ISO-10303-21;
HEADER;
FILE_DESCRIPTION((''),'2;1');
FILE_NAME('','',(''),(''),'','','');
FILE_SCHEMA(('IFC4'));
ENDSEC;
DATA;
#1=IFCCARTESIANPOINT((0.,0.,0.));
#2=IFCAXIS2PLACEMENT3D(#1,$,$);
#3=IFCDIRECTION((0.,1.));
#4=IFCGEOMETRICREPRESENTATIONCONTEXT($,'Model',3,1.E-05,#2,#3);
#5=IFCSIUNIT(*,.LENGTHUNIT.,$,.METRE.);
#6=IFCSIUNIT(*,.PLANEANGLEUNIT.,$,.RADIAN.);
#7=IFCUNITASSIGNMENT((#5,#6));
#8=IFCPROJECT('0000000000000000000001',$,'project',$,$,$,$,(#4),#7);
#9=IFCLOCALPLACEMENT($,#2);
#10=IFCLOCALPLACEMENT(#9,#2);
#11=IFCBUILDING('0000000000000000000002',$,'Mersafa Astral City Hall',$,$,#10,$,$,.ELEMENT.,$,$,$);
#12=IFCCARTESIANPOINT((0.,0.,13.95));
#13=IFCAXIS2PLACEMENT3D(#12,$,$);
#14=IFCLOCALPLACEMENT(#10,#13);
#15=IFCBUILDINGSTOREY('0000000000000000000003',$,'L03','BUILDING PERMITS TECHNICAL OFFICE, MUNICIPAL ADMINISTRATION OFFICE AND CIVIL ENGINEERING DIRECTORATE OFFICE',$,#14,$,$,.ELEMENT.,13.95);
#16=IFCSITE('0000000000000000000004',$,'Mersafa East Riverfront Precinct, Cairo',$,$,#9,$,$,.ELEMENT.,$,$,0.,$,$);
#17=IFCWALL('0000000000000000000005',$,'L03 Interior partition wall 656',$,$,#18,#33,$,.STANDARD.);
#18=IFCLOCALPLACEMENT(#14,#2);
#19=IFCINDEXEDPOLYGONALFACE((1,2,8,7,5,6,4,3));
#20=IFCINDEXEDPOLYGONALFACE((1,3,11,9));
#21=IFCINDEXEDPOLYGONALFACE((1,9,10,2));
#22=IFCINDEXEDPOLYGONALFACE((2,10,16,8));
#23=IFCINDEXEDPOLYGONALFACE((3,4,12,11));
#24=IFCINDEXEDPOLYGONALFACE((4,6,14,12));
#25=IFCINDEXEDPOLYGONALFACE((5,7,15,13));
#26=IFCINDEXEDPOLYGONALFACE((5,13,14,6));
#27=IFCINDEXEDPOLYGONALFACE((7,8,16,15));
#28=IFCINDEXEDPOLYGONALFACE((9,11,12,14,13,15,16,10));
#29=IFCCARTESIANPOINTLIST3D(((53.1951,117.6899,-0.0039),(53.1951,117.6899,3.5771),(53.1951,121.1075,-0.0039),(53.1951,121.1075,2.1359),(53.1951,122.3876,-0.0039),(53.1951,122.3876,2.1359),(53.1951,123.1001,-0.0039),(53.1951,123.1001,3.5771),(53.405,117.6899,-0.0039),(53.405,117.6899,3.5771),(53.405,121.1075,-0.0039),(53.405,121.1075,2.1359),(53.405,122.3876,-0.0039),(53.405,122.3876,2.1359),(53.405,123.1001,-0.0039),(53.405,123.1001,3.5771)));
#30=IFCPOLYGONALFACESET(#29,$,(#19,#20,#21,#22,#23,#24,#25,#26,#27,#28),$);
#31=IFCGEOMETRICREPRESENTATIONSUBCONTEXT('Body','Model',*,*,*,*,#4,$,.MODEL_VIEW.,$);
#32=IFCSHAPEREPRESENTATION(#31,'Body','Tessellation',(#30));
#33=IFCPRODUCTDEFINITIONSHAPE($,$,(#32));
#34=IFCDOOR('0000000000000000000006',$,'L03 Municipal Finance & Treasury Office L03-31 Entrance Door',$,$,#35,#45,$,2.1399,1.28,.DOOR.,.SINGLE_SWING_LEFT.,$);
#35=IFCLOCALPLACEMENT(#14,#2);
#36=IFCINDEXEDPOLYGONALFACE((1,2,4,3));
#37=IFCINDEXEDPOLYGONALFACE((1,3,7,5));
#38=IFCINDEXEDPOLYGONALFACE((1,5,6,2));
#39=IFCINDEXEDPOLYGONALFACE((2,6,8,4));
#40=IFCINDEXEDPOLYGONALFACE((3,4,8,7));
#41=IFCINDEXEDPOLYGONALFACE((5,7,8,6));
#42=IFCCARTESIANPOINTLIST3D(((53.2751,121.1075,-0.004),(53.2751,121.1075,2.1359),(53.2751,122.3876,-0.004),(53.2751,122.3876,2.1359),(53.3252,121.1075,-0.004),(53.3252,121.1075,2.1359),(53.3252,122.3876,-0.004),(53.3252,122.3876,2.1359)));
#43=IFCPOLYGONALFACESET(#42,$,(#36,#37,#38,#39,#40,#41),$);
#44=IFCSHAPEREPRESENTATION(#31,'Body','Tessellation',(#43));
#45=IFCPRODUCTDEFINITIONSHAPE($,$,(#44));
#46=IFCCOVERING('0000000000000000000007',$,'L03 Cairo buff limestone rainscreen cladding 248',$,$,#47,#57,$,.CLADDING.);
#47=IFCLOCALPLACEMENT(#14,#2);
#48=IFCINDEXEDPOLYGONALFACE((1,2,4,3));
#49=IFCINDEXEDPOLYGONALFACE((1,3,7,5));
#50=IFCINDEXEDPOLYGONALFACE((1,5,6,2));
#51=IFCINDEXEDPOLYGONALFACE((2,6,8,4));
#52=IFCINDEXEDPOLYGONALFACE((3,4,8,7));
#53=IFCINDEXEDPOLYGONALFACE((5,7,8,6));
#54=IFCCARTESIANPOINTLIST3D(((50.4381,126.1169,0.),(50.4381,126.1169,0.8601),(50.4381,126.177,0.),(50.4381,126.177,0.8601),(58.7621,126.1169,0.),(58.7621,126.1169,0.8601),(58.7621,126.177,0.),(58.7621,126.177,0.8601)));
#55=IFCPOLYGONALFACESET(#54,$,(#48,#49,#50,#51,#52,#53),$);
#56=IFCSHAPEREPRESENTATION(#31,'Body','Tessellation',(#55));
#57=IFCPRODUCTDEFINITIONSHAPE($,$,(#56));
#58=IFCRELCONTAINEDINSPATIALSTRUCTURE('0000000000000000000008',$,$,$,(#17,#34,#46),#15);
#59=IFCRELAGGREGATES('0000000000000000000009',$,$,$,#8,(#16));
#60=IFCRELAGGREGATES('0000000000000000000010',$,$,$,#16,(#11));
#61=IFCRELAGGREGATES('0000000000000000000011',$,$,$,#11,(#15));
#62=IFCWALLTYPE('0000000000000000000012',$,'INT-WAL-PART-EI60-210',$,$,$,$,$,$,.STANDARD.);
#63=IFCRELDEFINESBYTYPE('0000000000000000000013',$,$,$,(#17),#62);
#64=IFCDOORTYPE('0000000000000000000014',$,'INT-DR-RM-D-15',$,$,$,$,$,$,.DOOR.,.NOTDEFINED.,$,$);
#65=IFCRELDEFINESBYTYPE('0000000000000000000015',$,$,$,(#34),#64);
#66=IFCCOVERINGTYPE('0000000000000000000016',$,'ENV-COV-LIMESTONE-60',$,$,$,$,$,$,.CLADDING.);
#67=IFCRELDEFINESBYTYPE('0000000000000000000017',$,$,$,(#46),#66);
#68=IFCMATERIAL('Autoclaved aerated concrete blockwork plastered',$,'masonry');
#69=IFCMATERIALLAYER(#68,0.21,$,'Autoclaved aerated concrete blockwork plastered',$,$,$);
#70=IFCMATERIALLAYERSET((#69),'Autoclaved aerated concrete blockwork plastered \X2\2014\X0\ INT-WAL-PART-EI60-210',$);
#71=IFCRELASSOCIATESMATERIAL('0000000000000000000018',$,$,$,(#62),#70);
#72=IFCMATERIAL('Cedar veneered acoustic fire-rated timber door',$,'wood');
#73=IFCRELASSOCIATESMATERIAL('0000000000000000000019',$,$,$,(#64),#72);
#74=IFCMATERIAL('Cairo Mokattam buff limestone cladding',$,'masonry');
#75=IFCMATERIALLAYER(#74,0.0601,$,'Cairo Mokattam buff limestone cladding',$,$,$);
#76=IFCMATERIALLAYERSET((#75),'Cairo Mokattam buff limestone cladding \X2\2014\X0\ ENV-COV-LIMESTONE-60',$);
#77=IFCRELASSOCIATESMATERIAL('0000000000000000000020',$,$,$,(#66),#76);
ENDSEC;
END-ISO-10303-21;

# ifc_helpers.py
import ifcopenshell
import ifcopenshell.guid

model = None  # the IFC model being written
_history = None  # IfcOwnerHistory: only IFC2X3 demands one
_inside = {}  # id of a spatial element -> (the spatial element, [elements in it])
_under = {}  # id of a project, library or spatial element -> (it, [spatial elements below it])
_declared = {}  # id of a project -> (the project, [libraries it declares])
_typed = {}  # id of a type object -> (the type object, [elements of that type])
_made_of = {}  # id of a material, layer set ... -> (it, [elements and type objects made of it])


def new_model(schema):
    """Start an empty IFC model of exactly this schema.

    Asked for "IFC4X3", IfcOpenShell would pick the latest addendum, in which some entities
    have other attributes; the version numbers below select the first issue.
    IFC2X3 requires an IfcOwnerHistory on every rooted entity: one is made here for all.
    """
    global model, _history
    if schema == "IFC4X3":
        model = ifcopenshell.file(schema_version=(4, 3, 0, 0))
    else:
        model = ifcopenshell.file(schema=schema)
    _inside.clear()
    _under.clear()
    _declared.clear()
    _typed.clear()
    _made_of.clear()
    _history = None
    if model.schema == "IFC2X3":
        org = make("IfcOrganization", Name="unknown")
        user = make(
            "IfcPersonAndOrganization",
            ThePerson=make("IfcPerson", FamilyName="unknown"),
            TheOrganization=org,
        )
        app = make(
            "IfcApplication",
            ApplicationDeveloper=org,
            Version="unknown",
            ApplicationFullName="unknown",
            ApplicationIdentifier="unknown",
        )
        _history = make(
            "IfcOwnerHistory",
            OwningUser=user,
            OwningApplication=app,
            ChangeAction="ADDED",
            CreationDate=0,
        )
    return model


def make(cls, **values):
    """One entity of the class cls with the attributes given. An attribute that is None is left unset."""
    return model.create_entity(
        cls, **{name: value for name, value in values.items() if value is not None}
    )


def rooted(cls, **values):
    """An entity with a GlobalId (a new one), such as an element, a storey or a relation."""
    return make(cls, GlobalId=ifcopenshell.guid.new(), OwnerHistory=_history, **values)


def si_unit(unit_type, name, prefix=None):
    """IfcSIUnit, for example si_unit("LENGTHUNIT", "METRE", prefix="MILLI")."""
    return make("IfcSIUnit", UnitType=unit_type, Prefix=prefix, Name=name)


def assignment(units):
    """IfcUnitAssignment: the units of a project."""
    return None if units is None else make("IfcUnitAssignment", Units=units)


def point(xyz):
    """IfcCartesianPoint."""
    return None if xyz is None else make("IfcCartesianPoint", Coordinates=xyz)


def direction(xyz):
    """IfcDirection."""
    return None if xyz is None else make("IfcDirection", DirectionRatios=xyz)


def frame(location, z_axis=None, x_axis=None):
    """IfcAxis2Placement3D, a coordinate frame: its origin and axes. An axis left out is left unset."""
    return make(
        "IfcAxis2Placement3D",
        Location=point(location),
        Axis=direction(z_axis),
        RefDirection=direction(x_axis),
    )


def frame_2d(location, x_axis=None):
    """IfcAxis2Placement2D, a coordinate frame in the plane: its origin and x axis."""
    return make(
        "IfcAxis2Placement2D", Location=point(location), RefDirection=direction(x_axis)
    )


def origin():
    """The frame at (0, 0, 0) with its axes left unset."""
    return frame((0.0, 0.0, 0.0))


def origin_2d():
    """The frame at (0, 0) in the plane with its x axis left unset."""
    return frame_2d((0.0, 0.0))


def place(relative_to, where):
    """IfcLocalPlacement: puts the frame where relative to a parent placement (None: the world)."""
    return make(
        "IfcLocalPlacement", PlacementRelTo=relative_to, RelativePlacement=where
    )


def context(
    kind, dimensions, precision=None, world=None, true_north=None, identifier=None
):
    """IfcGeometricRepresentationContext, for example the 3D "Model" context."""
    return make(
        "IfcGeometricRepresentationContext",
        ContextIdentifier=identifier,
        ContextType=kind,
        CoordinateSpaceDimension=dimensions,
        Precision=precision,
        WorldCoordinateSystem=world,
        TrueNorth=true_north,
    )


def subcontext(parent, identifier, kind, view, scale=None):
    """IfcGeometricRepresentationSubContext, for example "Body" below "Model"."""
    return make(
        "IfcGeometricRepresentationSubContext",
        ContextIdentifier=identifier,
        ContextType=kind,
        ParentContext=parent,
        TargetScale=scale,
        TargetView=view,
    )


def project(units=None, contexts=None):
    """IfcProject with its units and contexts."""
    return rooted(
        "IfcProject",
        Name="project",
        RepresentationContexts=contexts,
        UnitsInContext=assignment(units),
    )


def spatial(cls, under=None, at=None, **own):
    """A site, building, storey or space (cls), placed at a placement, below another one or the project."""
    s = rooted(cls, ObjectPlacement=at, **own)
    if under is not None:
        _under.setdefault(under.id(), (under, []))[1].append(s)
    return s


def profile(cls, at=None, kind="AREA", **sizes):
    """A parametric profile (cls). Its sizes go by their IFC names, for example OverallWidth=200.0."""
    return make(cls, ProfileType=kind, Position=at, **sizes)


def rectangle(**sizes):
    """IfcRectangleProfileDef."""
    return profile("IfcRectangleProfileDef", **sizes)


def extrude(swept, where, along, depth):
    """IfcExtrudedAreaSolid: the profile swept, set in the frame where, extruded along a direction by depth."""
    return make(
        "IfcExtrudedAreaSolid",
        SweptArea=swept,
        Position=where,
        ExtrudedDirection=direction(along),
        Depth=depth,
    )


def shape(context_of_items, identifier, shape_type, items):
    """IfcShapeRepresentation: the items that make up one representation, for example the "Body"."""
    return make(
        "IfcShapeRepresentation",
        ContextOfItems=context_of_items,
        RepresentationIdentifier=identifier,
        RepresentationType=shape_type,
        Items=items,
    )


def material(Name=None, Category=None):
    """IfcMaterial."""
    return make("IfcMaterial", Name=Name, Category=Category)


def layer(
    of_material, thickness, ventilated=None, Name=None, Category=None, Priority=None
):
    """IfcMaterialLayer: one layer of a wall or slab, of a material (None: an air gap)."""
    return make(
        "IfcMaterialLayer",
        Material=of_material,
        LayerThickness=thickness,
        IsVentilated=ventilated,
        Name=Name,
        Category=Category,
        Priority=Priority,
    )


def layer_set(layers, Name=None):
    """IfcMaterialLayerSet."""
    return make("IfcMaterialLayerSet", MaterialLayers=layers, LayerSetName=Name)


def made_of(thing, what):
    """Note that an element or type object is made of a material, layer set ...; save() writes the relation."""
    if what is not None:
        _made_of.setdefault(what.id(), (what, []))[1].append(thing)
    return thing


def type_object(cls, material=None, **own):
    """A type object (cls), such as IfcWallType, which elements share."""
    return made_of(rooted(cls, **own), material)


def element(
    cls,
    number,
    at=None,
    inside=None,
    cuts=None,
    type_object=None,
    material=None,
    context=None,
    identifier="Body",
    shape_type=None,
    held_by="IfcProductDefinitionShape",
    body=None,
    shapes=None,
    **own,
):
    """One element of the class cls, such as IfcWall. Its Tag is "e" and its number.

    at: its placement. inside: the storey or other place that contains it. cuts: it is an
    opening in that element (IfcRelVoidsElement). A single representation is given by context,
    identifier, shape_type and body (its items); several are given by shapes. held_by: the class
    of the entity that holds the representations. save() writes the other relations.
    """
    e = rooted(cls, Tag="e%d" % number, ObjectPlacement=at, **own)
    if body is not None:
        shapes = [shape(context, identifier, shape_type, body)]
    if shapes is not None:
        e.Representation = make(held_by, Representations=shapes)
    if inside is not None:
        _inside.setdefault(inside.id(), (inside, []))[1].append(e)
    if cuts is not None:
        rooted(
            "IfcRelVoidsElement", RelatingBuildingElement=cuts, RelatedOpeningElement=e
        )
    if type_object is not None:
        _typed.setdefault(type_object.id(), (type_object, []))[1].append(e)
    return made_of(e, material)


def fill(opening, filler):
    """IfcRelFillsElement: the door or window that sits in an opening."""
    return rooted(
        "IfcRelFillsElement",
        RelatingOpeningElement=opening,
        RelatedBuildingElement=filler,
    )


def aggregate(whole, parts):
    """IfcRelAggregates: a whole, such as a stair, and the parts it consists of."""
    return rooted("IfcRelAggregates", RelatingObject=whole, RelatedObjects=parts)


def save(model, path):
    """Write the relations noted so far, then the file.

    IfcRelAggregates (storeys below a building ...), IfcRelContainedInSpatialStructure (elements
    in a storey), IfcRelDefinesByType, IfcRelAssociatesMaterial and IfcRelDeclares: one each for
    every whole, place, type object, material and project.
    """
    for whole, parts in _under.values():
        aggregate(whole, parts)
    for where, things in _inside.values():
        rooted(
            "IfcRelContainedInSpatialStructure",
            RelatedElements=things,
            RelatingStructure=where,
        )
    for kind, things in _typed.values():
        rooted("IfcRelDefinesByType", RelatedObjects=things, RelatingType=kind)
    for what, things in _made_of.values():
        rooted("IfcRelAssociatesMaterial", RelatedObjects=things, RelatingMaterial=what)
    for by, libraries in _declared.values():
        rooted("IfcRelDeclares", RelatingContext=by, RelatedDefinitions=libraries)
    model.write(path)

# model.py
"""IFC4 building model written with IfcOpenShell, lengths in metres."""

from ifc_helpers import new_model, si_unit, direction, frame, frame_2d, origin, origin_2d, place, context, subcontext, project, spatial, rectangle, extrude, material, layer, layer_set, type_object, element, fill, save


model = new_model("IFC4")

# Units and contexts
model_context = context("Model", 3, precision=1e-05, world=origin(), true_north=direction((0.0, 1.0)))
body_context = subcontext(model_context, "Body", "Model", "MODEL_VIEW")
ifc_project = project(units=[si_unit("LENGTHUNIT", "METRE"), si_unit("PLANEANGLEUNIT", "RADIAN")], contexts=[model_context])

# Site, building, storey
site_placement = place(None, origin())
site = spatial("IfcSite", under=ifc_project, at=site_placement, Name="Mersafa East Riverfront Precinct, Cairo", CompositionType="ELEMENT", RefElevation=0.0)
building_placement = place(site_placement, origin())
building = spatial("IfcBuilding", under=site, at=building_placement, Name="Mersafa Astral City Hall", CompositionType="ELEMENT")
storey_placement = place(building_placement, frame((0.0, 0.0, 13.95)))
storey = spatial("IfcBuildingStorey", under=building, at=storey_placement, Name="L03", Description="BUILDING PERMITS TECHNICAL OFFICE, MUNICIPAL ADMINISTRATION OFFICE AND CIVIL ENGINEERING DIRECTORATE OFFICE", CompositionType="ELEMENT", Elevation=13.95)

# Shared definitions
ifc_material_1 = material(Name="Autoclaved aerated concrete blockwork plastered", Category="masonry")
ifc_layer_1 = layer(ifc_material_1, 0.21, Name="Autoclaved aerated concrete blockwork plastered")
ifc_layer_set_1 = layer_set([ifc_layer_1], Name="Autoclaved aerated concrete blockwork plastered — INT-WAL-PART-EI60-210")
wall_type_1 = type_object("IfcWallType", Name="INT-WAL-PART-EI60-210", PredefinedType="STANDARD", material=ifc_layer_set_1)

# Wall, opening, door
wall_1_placement = place(storey_placement, frame((53.3, 117.6899, -0.0039), z_axis=(0.0, 0.0, 1.0), x_axis=(0.0, 1.0, 0.0)))
wall_1 = element("IfcWall", 1, at=wall_1_placement, inside=storey, type_object=wall_type_1, Name="L03 Interior partition wall 656", PredefinedType="STANDARD", context=body_context, shape_type="SweptSolid", body=[
    extrude(rectangle(XDim=5.4102, YDim=0.21, at=frame_2d((2.7051, 0.0))), origin(), (0.0, 0.0, 1.0), 3.5811),
])
opening_1_placement = place(wall_1_placement, frame((3.4175, 0.0, 0.0)))
opening_1 = element("IfcOpeningElement", 2, at=opening_1_placement, cuts=wall_1, PredefinedType="OPENING", context=body_context, shape_type="SweptSolid", body=[
    extrude(rectangle(XDim=1.28, YDim=2.1399, at=frame_2d((0.6401, 1.0698))), frame((0.0, 0.115, 0.0), z_axis=(0.0, -1.0, 0.0), x_axis=(1.0, 0.0, 0.0)), (0.0, 0.0, 1.0), 0.23),
])
ifc_material_2 = material(Name="Cedar veneered acoustic fire-rated timber door", Category="wood")
door_type_1 = type_object("IfcDoorType", Name="INT-DR-RM-D-15", OperationType="NOTDEFINED", PredefinedType="DOOR", material=ifc_material_2)
door_1_placement = place(opening_1_placement, origin())
door_1 = element("IfcDoor", 3, at=door_1_placement, inside=storey, type_object=door_type_1, Name="L03 Municipal Finance & Treasury Office L03-31 Entrance Door", OperationType="SINGLE_SWING_LEFT", OverallHeight=2.1399, OverallWidth=1.28, PredefinedType="DOOR", context=body_context, shape_type="SweptSolid", body=[
    extrude(rectangle(XDim=1.28, YDim=2.1399, at=frame_2d((0.6401, 1.0698))), frame((0.0, 0.0249, 0.0), z_axis=(0.0, -1.0, 0.0), x_axis=(1.0, 0.0, 0.0)), (0.0, 0.0, 1.0), 0.05),
])
fill(opening_1, door_1)

# Covering
ifc_material_3 = material(Name="Cairo Mokattam buff limestone cladding", Category="masonry")
ifc_layer_2 = layer(ifc_material_3, 0.0601, Name="Cairo Mokattam buff limestone cladding")
ifc_layer_set_2 = layer_set([ifc_layer_2], Name="Cairo Mokattam buff limestone cladding — ENV-COV-LIMESTONE-60")
covering_type = type_object("IfcCoveringType", Name="ENV-COV-LIMESTONE-60", PredefinedType="CLADDING", material=ifc_layer_set_2)
covering_placement = place(storey_placement, frame((54.6001, 126.147, 0.0), z_axis=(0.0, 0.0, 1.0), x_axis=(-1.0, 0.0, 0.0)))
element("IfcCovering", 4, at=covering_placement, inside=storey, type_object=covering_type, Name="L03 Cairo buff limestone rainscreen cladding 248", PredefinedType="CLADDING", context=body_context, shape_type="SweptSolid", body=[
    extrude(rectangle(XDim=8.324, YDim=0.0601, at=origin_2d()), origin(), (0.0, 0.0, 1.0), 0.8601),
])

save(model, "model.ifc")
